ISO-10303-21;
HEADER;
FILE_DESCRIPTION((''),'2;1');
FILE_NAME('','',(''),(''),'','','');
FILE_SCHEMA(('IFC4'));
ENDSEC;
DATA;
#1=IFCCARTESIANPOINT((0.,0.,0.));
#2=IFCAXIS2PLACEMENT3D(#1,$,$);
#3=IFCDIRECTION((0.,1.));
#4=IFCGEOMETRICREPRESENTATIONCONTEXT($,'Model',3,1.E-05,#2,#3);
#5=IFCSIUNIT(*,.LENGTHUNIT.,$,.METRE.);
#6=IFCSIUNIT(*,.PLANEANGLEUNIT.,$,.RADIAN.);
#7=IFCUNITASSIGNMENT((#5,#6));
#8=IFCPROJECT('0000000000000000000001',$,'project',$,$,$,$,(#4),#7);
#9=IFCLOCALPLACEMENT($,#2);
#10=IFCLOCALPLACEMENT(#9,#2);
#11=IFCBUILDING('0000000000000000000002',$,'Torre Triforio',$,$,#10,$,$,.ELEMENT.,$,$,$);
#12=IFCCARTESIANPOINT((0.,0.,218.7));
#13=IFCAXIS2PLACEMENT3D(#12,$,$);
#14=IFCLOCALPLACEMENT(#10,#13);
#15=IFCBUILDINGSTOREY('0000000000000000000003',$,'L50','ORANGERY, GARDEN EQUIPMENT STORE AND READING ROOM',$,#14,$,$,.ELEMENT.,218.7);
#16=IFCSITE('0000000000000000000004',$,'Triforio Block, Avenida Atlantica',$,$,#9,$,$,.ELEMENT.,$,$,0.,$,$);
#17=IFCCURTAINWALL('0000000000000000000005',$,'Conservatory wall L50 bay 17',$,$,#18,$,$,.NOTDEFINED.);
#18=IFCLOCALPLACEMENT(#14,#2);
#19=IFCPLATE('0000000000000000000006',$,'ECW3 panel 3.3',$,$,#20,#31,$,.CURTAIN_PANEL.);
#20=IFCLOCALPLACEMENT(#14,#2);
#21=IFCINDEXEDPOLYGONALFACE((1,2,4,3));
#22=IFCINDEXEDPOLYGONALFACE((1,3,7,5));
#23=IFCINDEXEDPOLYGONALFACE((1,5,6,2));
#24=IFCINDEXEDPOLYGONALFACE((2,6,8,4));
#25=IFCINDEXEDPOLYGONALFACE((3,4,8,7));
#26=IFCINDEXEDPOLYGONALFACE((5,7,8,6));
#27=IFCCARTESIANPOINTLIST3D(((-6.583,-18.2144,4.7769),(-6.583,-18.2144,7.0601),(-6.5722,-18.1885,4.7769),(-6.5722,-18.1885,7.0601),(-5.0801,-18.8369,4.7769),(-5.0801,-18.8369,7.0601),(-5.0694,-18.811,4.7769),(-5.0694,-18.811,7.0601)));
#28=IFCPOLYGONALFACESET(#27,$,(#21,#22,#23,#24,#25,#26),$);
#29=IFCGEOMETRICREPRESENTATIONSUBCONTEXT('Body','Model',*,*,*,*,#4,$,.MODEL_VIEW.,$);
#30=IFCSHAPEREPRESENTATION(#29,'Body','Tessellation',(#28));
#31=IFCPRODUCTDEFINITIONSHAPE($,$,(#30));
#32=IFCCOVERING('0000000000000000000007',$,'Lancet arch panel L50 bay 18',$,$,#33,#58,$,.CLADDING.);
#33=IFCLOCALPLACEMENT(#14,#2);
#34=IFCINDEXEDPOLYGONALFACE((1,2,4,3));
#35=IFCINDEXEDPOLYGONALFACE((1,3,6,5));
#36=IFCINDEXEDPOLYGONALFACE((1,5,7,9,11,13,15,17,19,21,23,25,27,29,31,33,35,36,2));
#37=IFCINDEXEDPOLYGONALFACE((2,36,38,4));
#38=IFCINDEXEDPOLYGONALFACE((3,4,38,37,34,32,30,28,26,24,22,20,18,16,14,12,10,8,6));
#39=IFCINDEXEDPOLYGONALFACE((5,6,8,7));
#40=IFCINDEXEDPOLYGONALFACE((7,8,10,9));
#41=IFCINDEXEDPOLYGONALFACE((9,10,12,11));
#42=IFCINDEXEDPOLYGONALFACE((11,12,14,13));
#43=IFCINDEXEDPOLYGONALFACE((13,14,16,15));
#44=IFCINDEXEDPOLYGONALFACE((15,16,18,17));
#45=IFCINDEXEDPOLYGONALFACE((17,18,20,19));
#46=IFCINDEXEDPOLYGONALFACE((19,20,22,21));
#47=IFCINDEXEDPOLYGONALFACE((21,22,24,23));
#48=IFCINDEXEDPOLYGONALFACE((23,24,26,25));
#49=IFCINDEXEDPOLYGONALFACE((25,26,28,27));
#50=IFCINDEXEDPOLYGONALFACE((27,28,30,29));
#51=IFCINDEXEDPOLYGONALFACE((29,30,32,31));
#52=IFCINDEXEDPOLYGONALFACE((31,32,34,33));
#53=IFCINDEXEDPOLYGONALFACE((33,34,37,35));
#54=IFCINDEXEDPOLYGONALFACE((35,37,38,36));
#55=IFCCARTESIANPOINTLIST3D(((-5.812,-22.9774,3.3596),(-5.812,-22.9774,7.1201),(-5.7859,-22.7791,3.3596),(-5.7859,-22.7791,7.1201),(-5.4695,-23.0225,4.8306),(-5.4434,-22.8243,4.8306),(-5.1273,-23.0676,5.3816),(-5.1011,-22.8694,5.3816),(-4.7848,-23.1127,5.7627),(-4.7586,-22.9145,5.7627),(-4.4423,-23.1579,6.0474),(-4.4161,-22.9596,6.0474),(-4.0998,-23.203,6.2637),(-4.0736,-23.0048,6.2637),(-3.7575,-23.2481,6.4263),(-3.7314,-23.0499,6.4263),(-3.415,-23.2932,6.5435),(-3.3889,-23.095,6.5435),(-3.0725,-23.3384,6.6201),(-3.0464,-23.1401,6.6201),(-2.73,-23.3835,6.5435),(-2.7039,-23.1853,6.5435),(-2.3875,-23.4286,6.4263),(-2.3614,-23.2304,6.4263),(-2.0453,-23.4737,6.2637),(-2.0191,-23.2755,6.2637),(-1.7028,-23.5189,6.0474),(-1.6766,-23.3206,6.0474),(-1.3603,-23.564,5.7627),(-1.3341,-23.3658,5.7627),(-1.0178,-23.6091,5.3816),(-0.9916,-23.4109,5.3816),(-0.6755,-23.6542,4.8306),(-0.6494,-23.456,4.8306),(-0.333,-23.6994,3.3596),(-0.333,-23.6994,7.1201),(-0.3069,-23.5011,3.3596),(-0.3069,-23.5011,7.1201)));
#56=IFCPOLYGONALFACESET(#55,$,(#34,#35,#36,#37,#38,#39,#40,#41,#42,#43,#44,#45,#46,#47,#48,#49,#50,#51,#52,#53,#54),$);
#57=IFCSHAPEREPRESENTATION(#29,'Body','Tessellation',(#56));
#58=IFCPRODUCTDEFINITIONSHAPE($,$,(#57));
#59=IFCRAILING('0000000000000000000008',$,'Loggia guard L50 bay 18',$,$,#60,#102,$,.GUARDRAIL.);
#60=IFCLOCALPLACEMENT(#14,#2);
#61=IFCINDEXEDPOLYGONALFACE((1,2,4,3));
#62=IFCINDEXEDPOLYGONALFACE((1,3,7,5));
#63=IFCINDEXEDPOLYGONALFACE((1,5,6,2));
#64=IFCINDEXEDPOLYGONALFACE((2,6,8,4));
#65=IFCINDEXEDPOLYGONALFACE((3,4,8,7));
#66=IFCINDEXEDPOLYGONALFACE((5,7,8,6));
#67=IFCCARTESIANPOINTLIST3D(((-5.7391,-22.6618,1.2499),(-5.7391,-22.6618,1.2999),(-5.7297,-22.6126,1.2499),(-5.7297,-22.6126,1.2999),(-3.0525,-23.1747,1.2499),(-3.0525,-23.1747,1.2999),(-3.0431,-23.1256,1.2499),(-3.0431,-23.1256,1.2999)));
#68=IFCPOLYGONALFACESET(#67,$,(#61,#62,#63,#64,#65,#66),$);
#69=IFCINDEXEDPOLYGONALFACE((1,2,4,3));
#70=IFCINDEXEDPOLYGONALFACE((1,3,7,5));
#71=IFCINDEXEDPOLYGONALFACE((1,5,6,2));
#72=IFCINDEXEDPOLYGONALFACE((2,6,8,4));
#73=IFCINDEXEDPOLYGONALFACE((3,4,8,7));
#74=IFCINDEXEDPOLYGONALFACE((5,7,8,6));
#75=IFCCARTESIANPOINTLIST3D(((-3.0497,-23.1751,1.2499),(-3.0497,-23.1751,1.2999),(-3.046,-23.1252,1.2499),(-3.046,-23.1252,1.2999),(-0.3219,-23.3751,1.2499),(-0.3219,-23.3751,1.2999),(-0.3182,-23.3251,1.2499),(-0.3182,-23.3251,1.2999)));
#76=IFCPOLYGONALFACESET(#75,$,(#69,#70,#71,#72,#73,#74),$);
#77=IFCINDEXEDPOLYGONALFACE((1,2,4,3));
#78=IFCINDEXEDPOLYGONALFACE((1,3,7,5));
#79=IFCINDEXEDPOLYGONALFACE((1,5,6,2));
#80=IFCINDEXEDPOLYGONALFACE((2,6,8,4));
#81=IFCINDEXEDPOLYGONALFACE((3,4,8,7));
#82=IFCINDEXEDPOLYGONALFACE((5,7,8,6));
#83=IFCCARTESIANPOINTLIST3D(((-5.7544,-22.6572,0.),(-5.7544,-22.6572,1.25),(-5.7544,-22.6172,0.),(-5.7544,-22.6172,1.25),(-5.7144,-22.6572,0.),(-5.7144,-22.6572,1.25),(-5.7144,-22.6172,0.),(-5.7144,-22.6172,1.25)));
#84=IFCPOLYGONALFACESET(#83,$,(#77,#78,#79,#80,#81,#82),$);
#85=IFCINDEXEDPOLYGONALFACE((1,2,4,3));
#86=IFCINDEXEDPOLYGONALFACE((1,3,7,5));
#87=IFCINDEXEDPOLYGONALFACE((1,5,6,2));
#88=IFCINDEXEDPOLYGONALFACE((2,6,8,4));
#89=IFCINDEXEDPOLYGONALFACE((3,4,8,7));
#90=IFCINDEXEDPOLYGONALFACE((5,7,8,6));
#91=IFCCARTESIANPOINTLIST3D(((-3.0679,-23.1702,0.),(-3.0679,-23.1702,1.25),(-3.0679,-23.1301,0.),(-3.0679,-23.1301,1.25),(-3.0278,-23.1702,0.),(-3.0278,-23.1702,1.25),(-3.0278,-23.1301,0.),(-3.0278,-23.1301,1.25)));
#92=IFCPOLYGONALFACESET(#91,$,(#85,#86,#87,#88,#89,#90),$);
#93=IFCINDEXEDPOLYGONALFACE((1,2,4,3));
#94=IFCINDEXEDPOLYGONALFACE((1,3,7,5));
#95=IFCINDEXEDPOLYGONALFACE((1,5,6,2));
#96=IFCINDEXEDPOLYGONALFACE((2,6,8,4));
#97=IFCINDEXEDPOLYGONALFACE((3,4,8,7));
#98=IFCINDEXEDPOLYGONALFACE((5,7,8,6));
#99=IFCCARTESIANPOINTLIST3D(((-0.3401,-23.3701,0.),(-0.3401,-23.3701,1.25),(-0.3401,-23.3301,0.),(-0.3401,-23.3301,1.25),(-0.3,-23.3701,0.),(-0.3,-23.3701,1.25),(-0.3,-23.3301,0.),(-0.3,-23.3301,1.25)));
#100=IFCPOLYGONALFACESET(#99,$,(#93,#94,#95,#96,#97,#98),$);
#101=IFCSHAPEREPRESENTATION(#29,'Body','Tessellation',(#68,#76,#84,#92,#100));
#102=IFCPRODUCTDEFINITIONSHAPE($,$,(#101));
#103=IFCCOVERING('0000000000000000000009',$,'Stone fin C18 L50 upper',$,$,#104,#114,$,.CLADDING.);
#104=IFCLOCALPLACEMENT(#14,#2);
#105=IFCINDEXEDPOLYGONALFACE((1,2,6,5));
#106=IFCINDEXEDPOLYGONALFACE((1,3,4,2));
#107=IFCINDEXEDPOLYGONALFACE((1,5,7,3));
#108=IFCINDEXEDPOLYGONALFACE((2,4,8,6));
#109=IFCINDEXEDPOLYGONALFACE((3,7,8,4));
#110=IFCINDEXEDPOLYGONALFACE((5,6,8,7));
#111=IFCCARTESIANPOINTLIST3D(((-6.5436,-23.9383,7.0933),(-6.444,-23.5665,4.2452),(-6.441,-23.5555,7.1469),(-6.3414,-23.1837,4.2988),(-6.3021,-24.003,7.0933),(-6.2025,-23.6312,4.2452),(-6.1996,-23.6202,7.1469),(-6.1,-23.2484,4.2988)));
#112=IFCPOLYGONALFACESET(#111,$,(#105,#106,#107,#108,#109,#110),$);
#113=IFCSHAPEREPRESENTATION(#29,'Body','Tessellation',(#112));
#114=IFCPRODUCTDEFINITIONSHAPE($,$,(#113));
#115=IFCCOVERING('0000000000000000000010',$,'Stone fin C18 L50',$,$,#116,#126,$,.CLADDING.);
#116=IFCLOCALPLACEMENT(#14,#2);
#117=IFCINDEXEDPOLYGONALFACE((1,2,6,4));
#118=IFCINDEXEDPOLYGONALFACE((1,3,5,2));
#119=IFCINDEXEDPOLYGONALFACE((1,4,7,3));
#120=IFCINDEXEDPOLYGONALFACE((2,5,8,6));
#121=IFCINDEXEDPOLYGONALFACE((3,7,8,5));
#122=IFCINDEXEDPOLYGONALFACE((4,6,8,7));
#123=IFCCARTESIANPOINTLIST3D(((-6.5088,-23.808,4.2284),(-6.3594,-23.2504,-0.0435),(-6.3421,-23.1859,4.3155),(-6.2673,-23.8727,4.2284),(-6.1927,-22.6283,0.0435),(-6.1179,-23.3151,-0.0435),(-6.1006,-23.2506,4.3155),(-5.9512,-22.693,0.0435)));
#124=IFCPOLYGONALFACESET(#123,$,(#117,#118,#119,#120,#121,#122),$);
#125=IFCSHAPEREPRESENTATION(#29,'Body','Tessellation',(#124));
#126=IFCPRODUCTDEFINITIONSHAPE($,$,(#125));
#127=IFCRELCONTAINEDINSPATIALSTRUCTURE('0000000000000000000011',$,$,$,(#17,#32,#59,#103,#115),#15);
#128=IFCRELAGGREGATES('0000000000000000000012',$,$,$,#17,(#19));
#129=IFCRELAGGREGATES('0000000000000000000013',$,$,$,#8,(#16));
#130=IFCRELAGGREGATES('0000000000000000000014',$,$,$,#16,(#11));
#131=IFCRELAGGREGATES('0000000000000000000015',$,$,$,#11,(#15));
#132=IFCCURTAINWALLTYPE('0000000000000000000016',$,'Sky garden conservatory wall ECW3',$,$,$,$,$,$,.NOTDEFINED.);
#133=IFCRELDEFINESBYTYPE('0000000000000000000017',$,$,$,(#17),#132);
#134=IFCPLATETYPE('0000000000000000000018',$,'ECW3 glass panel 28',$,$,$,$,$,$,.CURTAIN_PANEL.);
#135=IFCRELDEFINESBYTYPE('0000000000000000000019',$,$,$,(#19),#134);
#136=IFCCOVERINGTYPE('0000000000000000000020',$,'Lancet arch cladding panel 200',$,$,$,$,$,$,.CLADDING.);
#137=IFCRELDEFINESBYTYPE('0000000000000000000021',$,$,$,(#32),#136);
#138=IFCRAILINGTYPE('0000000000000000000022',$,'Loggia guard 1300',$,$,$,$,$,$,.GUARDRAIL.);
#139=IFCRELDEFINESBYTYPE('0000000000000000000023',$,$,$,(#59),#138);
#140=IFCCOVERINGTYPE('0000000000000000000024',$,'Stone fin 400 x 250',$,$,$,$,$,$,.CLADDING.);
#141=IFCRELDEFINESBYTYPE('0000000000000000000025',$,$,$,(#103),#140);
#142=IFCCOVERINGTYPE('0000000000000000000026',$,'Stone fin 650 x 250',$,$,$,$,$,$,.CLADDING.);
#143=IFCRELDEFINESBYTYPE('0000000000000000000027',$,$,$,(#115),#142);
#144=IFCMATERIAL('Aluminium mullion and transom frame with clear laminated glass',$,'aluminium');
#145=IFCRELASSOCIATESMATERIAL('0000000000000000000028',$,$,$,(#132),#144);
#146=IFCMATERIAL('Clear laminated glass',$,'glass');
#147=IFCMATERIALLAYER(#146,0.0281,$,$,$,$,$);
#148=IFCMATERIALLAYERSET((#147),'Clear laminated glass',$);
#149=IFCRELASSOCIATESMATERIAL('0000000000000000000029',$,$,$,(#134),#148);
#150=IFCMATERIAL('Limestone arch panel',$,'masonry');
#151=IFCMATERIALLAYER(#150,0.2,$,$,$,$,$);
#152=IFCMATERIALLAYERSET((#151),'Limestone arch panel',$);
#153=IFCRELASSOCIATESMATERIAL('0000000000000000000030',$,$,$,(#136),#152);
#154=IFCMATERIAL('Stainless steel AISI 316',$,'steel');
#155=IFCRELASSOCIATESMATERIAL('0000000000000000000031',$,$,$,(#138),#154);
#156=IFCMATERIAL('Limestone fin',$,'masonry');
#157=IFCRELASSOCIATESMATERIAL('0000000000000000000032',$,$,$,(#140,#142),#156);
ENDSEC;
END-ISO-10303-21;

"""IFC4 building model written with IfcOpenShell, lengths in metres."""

from ifc_helpers import new_model, si_unit, direction, frame, origin, origin_2d, place, context, subcontext, project, spatial, polyline, rectangle, outline, extrude, material, layer, layer_set, material_profile, profile_set, type_object, element, aggregate, save


model = new_model("IFC4")

# Units and contexts
model_context = context("Model", 3, precision=1e-05, world=origin(), true_north=direction((0.0, 1.0)))
body_context = subcontext(model_context, "Body", "Model", "MODEL_VIEW")
ifc_project = project(units=[si_unit("LENGTHUNIT", "METRE"), si_unit("PLANEANGLEUNIT", "RADIAN")], contexts=[model_context])

# Site, building, storey
site_placement = place(None, origin())
site = spatial("IfcSite", under=ifc_project, at=site_placement, Name="Triforio Block, Avenida Atlantica", CompositionType="ELEMENT", RefElevation=0.0)
building_placement = place(site_placement, origin())
building = spatial("IfcBuilding", under=site, at=building_placement, Name="Torre Triforio", CompositionType="ELEMENT")
storey_placement = place(building_placement, frame((0.0, 0.0, 218.7)))
storey = spatial("IfcBuildingStorey", under=building, at=storey_placement, Name="L50", Description="ORANGERY, GARDEN EQUIPMENT STORE AND READING ROOM", CompositionType="ELEMENT", Elevation=218.7)

# Curtain wall
ifc_material_1 = material(Name="Aluminium mullion and transom frame with clear laminated glass", Category="aluminium")
curtain_wall_type = type_object("IfcCurtainWallType", Name="Sky garden conservatory wall ECW3", PredefinedType="NOTDEFINED", material=ifc_material_1)
curtain_wall_placement = place(storey_placement, origin())
curtain_wall = element("IfcCurtainWall", 1, at=curtain_wall_placement, inside=storey, type_object=curtain_wall_type, Name="Conservatory wall L50 bay 17", PredefinedType="NOTDEFINED")

# Plate
ifc_material_2 = material(Name="Clear laminated glass", Category="glass")
ifc_layer_1 = layer(ifc_material_2, 0.0281)
ifc_layer_set_1 = layer_set([ifc_layer_1], Name="Clear laminated glass")
plate_type = type_object("IfcPlateType", Name="ECW3 glass panel 28", PredefinedType="CURTAIN_PANEL", material=ifc_layer_set_1)
plate_1_placement = place(storey_placement, frame((-5.8262, -18.5127, 4.7769), z_axis=(0.0, 0.0, 1.0), x_axis=(0.923879, -0.382684, 0.0)))
plate_1 = element("IfcPlate", 2, at=plate_1_placement, type_object=plate_type, Name="ECW3 panel 3.3", PredefinedType="CURTAIN_PANEL", context=body_context, shape_type="SweptSolid", body=[
    extrude(rectangle(XDim=1.6267, YDim=0.0281, at=origin_2d()), origin(), (0.0, 0.0, 1.0), 2.2832),
])
aggregate(curtain_wall, [plate_1])

# Covering
ifc_material_3 = material(Name="Limestone arch panel", Category="masonry")
ifc_layer_2 = layer(ifc_material_3, 0.2)
ifc_layer_set_2 = layer_set([ifc_layer_2], Name="Limestone arch panel")
covering_type_1 = type_object("IfcCoveringType", Name="Lancet arch cladding panel 200", PredefinedType="CLADDING", material=ifc_layer_set_2)
covering_1_placement = place(storey_placement, frame((-3.0464, -23.1401, 0.0), z_axis=(-0.130644, -0.991429, 0.0), x_axis=(0.991429, -0.130644, 0.0)))
element("IfcCovering", 3, at=covering_1_placement, inside=storey, type_object=covering_type_1, Name="Lancet arch panel L50 bay 18", PredefinedType="CLADDING", context=body_context, shape_type="SweptSolid", body=[
    extrude(outline(polyline([(-2.7632, 7.1201), (-2.7632, 3.3596), (-2.4177, 4.8306), (-2.0725, 5.3816), (-1.7271, 5.7627), (-1.3816, 6.0474), (-1.0361, 6.2637), (-0.6909, 6.4263), (-0.3455, 6.5435), (0.0, 6.6201), (0.3455, 6.5435), (0.6909, 6.4263), (1.0361, 6.2637), (1.3816, 6.0474), (1.7271, 5.7627), (2.0725, 5.3816), (2.4177, 4.8306), (2.7632, 3.3596), (2.7632, 7.1201), (-2.7632, 7.1201)])), origin(), (0.0, 0.0, 1.0), 0.2),
])

# Railing
ifc_material_4 = material(Name="Stainless steel AISI 316", Category="steel")
railing_type = type_object("IfcRailingType", Name="Loggia guard 1300", PredefinedType="GUARDRAIL", material=ifc_material_4)
railing_placement = place(storey_placement, frame((-5.7344, -22.6372, 0.0)))
element("IfcRailing", 4, at=railing_placement, inside=storey, type_object=railing_type, Name="Loggia guard L50 bay 18", PredefinedType="GUARDRAIL", context=body_context, shape_type="SweptSolid", body=[
    extrude(rectangle(XDim=0.05, YDim=0.05, at=origin_2d()), frame((0.0, 0.0, 1.2749), z_axis=(0.982256, -0.187543, 0.0), x_axis=(0.187543, 0.982256, 0.0)), (0.0, 0.0, 1.0), 2.7351),
    extrude(rectangle(XDim=0.05, YDim=0.05, at=origin_2d()), frame((2.6865, -0.5129, 1.2749), z_axis=(0.997324, -0.073106, 0.0), x_axis=(0.073106, 0.997324, 0.0)), (0.0, 0.0, 1.0), 2.7351),
    extrude(rectangle(XDim=0.04, YDim=0.04, at=origin_2d()), origin(), (0.0, 0.0, 1.0), 1.25),
    extrude(rectangle(XDim=0.04, YDim=0.04, at=origin_2d()), frame((2.6865, -0.5129, 0.0)), (0.0, 0.0, 1.0), 1.25),
    extrude(rectangle(XDim=0.04, YDim=0.04, at=origin_2d()), frame((5.4143, -0.7129, 0.0)), (0.0, 0.0, 1.0), 1.25),
])

# Coverings
ifc_material_5 = material(Name="Limestone fin", Category="masonry")
ifc_material_profile_1 = material_profile(ifc_material_5, rectangle(XDim=0.3999, YDim=0.25, at=origin_2d()), Name="FIN 400x250")
ifc_profile_set_1 = profile_set([ifc_material_profile_1], Name="Limestone fin")
covering_type_2 = type_object("IfcCoveringType", Name="Stone fin 400 x 250", PredefinedType="CLADDING", material=ifc_profile_set_1)
covering_2_placement = place(storey_placement, frame((-6.272, -23.4075, 4.272), z_axis=(-0.034658, -0.129374, 0.99099), x_axis=(0.256436, 0.957236, 0.133936)))
element("IfcCovering", 5, at=covering_2_placement, inside=storey, type_object=covering_type_2, Name="Stone fin C18 L50 upper", PredefinedType="CLADDING", context=body_context, shape_type="SweptSolid", body=[
    extrude(rectangle(XDim=0.3999, YDim=0.25, at=origin_2d()), origin(), (0.0, 0.0, 1.0), 2.874),
])
ifc_material_profile_2 = material_profile(ifc_material_5, rectangle(XDim=0.6499, YDim=0.25, at=origin_2d()), Name="FIN 650x250")
ifc_profile_set_2 = profile_set([ifc_material_profile_2], Name="Limestone fin")
covering_type_3 = type_object("IfcCoveringType", Name="Stone fin 650 x 250", PredefinedType="CLADDING", material=ifc_profile_set_2)
covering_3_placement = place(storey_placement, frame((-6.1553, -22.9717, 0.0), z_axis=(-0.03466, -0.129353, 0.990993), x_axis=(0.256489, 0.957225, 0.133917)))
element("IfcCovering", 6, at=covering_3_placement, inside=storey, type_object=covering_type_3, Name="Stone fin C18 L50", PredefinedType="CLADDING", context=body_context, shape_type="SweptSolid", body=[
    extrude(rectangle(XDim=0.6499, YDim=0.25, at=origin_2d()), origin(), (0.0, 0.0, 1.0), 4.3108),
])

save(model, "model.ifc")
